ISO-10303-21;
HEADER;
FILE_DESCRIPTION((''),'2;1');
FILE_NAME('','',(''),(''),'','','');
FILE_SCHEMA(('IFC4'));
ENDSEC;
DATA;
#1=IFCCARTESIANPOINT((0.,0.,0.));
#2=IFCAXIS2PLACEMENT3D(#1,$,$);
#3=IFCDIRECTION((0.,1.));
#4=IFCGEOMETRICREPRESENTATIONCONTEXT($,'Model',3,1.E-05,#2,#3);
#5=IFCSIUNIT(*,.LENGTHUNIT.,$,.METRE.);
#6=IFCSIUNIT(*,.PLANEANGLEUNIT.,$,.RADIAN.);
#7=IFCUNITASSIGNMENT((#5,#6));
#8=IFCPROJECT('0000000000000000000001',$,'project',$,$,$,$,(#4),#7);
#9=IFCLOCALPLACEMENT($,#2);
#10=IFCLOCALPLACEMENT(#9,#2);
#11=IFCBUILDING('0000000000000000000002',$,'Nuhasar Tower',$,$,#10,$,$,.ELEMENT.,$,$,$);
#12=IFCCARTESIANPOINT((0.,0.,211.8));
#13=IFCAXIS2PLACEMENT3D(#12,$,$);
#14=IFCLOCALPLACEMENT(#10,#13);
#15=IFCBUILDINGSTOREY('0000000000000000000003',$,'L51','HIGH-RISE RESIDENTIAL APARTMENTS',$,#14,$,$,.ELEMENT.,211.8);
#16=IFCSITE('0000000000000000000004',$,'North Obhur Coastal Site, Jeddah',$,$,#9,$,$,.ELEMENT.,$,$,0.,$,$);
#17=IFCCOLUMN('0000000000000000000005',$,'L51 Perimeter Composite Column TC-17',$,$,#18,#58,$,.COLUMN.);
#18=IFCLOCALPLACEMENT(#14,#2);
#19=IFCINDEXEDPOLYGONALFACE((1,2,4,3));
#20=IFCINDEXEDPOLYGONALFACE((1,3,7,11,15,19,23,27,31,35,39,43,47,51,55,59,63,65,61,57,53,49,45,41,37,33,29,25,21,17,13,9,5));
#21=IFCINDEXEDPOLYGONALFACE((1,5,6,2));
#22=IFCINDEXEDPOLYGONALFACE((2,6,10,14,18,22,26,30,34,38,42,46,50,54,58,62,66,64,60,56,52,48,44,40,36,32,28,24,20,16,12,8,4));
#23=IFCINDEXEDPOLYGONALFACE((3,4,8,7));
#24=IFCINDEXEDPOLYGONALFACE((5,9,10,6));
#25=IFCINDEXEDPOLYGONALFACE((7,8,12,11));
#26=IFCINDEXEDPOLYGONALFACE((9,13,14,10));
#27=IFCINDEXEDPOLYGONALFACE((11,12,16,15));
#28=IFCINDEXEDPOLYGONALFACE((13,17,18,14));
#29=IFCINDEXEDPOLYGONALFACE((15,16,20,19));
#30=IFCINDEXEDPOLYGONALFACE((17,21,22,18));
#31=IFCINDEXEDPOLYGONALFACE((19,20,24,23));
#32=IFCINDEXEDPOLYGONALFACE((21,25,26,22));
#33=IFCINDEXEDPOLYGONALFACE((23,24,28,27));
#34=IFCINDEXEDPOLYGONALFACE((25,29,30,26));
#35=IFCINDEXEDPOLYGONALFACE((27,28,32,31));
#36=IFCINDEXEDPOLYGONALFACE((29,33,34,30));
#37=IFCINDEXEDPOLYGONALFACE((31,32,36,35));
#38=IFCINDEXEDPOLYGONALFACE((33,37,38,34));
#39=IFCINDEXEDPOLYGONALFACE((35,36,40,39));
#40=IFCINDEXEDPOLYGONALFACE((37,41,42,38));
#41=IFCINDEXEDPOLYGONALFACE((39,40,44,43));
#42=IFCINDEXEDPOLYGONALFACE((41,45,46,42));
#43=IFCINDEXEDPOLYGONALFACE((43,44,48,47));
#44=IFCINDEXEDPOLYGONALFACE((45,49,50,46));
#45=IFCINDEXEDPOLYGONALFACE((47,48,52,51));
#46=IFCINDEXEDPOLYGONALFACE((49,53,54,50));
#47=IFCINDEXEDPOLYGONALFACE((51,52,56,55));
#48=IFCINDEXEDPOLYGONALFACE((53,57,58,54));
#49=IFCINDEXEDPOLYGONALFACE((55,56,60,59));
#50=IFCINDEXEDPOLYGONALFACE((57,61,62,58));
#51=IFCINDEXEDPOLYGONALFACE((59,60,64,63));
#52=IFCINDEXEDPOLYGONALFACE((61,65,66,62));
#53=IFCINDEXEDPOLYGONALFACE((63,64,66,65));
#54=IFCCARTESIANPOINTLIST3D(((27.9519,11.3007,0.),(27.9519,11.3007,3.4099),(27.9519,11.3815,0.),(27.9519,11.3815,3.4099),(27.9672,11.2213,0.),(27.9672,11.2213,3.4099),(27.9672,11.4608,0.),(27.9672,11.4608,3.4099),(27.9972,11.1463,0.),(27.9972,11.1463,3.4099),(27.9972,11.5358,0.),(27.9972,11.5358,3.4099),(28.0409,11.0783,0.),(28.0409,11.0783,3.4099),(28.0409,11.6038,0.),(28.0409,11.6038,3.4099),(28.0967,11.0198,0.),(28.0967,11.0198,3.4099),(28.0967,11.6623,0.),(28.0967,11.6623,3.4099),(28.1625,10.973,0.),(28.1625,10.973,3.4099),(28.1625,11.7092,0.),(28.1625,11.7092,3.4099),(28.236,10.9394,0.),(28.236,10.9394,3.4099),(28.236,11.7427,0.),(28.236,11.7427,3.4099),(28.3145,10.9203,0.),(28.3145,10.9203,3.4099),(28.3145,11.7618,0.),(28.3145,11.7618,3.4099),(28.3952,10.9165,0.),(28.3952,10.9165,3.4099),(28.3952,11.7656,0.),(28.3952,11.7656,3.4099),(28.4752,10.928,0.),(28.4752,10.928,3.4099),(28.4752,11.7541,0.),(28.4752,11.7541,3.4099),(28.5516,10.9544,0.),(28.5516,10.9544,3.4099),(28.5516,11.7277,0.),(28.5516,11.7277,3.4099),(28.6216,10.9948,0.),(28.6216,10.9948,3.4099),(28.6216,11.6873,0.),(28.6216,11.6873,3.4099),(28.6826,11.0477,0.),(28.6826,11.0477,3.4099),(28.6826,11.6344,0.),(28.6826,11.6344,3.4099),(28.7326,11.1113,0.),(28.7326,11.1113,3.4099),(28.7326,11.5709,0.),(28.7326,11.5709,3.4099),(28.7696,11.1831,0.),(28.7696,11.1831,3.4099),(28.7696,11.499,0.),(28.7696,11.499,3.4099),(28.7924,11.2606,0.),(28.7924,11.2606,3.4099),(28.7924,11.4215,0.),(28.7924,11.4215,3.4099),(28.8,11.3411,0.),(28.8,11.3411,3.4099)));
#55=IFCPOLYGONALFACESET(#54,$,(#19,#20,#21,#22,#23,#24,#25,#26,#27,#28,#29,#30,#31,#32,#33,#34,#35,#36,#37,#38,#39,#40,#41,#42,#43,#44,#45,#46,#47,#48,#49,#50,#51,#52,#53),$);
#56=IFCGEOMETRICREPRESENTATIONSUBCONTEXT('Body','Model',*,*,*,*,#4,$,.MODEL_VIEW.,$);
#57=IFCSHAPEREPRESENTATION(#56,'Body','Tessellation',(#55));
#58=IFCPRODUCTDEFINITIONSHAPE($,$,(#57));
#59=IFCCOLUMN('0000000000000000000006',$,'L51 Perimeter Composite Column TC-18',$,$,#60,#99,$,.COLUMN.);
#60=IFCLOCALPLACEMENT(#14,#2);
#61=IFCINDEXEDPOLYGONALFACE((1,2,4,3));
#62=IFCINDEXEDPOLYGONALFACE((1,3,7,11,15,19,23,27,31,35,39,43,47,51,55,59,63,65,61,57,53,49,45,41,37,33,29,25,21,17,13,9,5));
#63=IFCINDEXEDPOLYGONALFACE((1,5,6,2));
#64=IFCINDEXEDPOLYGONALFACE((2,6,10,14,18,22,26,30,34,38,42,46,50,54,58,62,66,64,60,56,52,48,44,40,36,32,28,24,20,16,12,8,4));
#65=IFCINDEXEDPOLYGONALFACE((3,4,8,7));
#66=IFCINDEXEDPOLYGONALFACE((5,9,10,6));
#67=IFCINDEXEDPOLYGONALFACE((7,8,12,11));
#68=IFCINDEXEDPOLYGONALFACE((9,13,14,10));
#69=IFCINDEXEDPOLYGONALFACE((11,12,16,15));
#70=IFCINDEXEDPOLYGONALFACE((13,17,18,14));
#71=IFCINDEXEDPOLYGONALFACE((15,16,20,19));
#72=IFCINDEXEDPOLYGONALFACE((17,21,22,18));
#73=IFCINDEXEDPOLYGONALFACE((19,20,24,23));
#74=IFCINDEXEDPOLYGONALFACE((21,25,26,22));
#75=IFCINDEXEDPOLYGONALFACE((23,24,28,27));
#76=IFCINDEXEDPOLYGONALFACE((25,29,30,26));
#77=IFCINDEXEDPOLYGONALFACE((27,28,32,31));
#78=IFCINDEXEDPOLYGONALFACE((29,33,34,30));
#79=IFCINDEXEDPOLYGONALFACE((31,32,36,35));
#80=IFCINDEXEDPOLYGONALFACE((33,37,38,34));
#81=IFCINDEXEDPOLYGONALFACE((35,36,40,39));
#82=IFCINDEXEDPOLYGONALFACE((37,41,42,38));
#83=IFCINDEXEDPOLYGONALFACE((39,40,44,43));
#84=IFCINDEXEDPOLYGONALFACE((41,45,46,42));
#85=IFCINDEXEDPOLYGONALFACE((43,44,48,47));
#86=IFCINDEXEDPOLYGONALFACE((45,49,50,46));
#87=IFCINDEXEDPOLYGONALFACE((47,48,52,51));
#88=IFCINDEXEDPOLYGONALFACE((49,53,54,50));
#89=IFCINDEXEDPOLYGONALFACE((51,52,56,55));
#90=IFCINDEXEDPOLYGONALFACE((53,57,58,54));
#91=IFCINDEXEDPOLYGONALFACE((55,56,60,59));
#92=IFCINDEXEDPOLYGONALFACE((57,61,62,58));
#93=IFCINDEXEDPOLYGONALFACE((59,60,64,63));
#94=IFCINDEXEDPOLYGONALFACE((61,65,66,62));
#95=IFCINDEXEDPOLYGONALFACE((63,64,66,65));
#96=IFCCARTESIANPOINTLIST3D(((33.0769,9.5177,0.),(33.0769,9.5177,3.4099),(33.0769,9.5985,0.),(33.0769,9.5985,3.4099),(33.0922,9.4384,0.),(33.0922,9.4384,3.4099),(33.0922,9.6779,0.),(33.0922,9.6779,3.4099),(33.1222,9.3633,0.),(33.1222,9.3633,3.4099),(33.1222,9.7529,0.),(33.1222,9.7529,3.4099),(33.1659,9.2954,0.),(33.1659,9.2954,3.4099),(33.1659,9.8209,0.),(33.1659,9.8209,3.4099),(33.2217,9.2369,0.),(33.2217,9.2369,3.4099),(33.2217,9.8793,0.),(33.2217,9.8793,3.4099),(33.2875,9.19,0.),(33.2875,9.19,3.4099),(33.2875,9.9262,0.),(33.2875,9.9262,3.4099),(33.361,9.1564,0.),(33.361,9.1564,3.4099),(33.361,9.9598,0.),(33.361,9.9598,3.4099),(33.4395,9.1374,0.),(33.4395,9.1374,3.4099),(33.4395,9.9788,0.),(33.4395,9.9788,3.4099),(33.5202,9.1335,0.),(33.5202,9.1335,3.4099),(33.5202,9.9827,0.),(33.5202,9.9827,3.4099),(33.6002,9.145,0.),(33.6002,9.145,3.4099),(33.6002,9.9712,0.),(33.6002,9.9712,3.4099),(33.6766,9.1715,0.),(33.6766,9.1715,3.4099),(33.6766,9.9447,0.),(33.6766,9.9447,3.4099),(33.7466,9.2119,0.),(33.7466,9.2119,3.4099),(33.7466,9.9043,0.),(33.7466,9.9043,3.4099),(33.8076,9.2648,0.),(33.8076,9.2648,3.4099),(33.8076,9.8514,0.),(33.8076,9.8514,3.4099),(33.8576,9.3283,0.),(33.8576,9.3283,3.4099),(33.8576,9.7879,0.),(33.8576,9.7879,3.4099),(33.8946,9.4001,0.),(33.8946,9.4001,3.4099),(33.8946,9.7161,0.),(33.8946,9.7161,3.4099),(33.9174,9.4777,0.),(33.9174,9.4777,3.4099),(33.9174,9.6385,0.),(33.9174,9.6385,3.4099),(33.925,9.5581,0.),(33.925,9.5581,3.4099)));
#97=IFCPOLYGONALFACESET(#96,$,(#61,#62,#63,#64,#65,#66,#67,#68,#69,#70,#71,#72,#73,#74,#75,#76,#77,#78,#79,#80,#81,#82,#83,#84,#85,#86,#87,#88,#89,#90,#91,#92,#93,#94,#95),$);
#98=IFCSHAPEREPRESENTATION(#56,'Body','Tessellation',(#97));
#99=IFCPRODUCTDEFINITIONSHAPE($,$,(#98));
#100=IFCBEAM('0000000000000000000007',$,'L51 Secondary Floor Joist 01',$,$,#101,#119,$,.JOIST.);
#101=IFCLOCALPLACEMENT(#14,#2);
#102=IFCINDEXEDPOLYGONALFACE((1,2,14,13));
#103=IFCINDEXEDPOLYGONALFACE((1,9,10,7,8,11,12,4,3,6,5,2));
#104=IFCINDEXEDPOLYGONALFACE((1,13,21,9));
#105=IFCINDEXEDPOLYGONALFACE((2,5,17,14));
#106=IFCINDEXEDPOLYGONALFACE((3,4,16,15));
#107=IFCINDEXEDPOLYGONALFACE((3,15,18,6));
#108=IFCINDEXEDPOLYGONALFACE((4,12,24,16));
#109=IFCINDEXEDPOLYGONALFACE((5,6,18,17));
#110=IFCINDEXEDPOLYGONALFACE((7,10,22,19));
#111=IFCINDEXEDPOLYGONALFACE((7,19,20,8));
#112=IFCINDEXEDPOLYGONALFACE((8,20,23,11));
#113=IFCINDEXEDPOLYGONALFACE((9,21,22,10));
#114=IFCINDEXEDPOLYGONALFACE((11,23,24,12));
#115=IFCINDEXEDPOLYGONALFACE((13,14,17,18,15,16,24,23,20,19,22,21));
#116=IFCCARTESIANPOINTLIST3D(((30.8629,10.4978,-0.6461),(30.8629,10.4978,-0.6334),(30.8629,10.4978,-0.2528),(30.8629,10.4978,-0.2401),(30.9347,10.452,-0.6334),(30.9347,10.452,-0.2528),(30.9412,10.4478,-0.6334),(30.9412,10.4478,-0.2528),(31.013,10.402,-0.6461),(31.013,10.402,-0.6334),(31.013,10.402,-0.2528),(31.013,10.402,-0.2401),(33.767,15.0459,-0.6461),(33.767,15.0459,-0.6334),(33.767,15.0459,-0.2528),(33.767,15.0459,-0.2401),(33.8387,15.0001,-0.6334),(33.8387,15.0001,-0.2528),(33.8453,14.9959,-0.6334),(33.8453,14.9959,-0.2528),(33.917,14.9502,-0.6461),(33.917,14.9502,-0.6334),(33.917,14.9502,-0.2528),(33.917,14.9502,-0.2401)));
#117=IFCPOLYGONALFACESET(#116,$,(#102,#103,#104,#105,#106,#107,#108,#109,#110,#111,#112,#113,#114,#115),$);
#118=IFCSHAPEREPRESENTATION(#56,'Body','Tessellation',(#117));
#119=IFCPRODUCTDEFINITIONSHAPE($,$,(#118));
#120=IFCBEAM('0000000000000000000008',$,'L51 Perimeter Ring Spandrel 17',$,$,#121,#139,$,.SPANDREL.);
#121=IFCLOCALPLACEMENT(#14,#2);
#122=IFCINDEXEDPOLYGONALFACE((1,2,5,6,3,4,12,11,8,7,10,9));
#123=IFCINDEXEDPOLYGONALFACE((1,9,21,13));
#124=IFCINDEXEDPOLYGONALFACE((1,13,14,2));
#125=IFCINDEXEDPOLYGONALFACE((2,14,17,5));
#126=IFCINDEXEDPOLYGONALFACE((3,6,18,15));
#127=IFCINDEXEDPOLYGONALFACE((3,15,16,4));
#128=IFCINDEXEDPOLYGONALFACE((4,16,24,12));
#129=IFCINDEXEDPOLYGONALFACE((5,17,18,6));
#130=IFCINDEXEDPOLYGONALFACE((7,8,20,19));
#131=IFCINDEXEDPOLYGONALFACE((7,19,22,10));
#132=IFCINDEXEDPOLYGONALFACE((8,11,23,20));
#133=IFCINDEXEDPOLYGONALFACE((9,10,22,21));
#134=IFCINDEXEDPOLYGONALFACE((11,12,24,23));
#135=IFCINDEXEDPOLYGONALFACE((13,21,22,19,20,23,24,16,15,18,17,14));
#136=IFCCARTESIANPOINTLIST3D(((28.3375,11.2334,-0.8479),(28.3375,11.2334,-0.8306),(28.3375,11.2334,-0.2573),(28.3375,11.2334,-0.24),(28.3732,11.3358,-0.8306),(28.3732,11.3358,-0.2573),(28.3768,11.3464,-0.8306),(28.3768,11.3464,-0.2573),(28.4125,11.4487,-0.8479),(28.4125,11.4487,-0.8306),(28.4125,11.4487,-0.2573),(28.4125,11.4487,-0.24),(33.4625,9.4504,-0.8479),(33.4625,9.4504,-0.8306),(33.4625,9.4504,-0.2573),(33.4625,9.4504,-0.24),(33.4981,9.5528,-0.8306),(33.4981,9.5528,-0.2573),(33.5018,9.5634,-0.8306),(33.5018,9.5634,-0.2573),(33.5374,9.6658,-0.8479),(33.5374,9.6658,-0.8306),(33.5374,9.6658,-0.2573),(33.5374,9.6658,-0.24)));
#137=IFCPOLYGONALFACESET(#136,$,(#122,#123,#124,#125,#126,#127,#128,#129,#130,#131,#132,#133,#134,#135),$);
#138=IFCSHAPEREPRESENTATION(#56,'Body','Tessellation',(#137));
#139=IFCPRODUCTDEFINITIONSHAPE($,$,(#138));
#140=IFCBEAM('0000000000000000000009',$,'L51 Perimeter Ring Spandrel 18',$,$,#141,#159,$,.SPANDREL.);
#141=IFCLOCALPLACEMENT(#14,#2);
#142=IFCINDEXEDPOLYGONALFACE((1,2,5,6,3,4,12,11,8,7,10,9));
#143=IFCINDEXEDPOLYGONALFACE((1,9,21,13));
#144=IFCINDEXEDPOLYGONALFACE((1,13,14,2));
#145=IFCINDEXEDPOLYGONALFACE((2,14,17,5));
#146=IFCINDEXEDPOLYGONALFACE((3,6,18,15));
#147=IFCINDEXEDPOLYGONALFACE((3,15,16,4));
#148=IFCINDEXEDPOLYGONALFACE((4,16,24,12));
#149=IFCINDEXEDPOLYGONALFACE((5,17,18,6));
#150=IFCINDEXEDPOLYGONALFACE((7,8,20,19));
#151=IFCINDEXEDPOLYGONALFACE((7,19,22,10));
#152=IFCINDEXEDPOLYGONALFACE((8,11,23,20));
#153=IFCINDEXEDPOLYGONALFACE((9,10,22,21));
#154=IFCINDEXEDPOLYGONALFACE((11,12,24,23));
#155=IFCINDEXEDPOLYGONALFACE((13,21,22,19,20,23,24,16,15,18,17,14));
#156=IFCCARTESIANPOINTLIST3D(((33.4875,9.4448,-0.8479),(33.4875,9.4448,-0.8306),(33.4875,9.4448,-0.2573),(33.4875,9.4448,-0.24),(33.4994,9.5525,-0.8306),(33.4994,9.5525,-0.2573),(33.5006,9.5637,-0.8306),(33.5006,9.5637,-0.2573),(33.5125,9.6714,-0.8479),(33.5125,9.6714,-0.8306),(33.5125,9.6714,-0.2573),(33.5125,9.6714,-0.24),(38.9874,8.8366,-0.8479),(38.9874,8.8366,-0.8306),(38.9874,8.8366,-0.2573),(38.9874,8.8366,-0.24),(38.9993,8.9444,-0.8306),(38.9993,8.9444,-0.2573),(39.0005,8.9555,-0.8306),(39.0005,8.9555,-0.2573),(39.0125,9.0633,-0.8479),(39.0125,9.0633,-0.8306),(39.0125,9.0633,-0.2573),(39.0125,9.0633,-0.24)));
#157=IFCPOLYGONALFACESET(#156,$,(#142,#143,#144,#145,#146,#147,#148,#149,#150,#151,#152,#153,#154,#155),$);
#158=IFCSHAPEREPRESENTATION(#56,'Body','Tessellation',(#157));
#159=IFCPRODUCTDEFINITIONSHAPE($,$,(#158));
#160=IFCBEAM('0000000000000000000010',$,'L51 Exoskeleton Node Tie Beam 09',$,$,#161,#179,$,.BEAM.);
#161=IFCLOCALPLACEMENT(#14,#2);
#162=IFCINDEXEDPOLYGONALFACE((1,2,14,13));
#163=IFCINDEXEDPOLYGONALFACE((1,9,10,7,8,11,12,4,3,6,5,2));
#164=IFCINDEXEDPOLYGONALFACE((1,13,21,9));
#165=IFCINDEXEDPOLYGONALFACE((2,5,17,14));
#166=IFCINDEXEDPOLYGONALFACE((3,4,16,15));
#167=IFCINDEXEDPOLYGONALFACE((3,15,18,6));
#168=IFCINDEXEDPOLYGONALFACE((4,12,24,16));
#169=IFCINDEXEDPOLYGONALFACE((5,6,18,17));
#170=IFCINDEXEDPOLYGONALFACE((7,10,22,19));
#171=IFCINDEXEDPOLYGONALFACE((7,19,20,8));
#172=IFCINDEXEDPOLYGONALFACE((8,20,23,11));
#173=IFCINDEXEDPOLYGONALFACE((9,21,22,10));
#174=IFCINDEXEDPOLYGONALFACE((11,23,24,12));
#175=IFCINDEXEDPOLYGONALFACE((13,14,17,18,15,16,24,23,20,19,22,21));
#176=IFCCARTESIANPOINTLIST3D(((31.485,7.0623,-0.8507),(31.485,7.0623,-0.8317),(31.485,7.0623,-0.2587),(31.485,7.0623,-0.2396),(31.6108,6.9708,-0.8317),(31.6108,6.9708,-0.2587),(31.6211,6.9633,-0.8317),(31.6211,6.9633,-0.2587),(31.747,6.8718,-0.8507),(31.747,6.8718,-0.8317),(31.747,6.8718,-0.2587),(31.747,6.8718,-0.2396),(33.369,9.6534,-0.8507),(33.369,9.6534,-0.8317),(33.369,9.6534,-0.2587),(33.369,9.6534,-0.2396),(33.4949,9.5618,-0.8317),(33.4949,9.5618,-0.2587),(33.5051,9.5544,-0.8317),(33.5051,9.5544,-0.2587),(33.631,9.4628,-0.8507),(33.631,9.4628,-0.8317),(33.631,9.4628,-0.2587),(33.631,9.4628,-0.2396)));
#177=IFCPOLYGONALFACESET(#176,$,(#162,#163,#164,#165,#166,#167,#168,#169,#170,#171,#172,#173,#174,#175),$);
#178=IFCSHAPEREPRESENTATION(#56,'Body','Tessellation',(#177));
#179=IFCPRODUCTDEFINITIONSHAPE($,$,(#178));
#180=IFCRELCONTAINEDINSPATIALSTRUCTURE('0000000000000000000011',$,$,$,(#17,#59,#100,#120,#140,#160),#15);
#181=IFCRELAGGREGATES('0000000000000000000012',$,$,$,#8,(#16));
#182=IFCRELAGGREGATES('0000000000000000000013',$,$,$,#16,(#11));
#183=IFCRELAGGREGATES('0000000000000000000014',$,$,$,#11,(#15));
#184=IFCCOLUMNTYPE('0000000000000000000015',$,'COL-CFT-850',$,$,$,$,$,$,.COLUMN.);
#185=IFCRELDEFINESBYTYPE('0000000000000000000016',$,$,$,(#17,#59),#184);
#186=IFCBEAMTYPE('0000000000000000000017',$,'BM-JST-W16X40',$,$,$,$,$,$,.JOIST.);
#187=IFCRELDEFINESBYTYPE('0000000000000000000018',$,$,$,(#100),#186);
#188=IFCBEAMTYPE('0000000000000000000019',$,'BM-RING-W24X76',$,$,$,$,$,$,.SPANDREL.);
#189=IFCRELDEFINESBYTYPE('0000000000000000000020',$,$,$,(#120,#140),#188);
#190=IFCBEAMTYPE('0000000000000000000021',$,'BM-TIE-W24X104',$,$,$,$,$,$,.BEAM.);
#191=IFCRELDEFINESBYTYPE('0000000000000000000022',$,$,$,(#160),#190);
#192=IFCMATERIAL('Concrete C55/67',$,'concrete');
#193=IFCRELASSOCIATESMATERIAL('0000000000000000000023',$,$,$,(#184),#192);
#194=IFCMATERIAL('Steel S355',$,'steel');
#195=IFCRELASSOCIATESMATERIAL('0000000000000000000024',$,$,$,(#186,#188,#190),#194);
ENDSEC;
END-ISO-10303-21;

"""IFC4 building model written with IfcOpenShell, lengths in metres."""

from ifc_helpers import new_model, si_unit, direction, frame, origin, origin_2d, place, context, subcontext, project, spatial, circle, i_section, extrude, material, material_profile, profile_set, type_object, element, save


model = new_model("IFC4")

# Units and contexts
model_context = context("Model", 3, precision=1e-05, world=origin(), true_north=direction((0.0, 1.0)))
body_context = subcontext(model_context, "Body", "Model", "MODEL_VIEW")
ifc_project = project(units=[si_unit("LENGTHUNIT", "METRE"), si_unit("PLANEANGLEUNIT", "RADIAN")], contexts=[model_context])

# Site, building, storey
site_placement = place(None, origin())
site = spatial("IfcSite", under=ifc_project, at=site_placement, Name="North Obhur Coastal Site, Jeddah", CompositionType="ELEMENT", RefElevation=0.0)
building_placement = place(site_placement, origin())
building = spatial("IfcBuilding", under=site, at=building_placement, Name="Nuhasar Tower", CompositionType="ELEMENT")
storey_placement = place(building_placement, frame((0.0, 0.0, 211.8)))
storey = spatial("IfcBuildingStorey", under=building, at=storey_placement, Name="L51", Description="HIGH-RISE RESIDENTIAL APARTMENTS", CompositionType="ELEMENT", Elevation=211.8)

# Columns
ifc_material_1 = material(Name="Concrete C55/67", Category="concrete")
ifc_material_profile_1 = material_profile(ifc_material_1, circle(Radius=0.425, at=origin_2d()), Name="CFT850")
ifc_profile_set_1 = profile_set([ifc_material_profile_1], Name="Concrete C55/67")
column_type = type_object("IfcColumnType", Name="COL-CFT-850", PredefinedType="COLUMN", material=ifc_profile_set_1)
for number, where, z_axis, x_axis, name in (
    (1, (28.375, 11.3411, 0.0), (0.0, 0.0, 1.0), (1.0, 0.0, 0.0), "L51 Perimeter Composite Column TC-17"),
    (2, (33.5, 9.5581, 0.0), (0.0, 0.0, 1.0), (1.0, 0.0, 0.0), "L51 Perimeter Composite Column TC-18"),
):
    element("IfcColumn", number, at=place(storey_placement, frame(where, z_axis=z_axis, x_axis=x_axis)), inside=storey, type_object=column_type, Name=name, PredefinedType="COLUMN", context=body_context, shape_type="SweptSolid", body=[
        extrude(circle(Radius=0.425, at=origin_2d()), origin(), (0.0, 0.0, 1.0), 3.4099),
    ])

# Beams
ifc_material_2 = material(Name="Steel S355", Category="steel")
ifc_material_profile_2 = material_profile(ifc_material_2, i_section(OverallWidth=0.178, OverallDepth=0.406, WebThickness=0.0078, FlangeThickness=0.0127, at=origin_2d()), Name="W16X40")
ifc_profile_set_2 = profile_set([ifc_material_profile_2], Name="Steel S355")
beam_type_1 = type_object("IfcBeamType", Name="BM-JST-W16X40", PredefinedType="JOIST", material=ifc_profile_set_2)
beam_1_placement = place(storey_placement, frame((33.842, 14.998, -0.4431), z_axis=(-0.538169, -0.842837, 0.0), x_axis=(0.842837, -0.538169, 0.0)))
element("IfcBeam", 3, at=beam_1_placement, inside=storey, type_object=beam_type_1, Name="L51 Secondary Floor Joist 01", PredefinedType="JOIST", context=body_context, shape_type="SweptSolid", body=[
    extrude(i_section(OverallWidth=0.178, OverallDepth=0.406, WebThickness=0.0078, FlangeThickness=0.0127, at=origin_2d()), origin(), (0.0, 0.0, 1.0), 5.3962),
])
ifc_material_profile_3 = material_profile(ifc_material_2, i_section(OverallWidth=0.228, OverallDepth=0.6079, WebThickness=0.0112, FlangeThickness=0.0173, at=origin_2d()), Name="W24X76")
ifc_profile_set_3 = profile_set([ifc_material_profile_3], Name="Steel S355")
beam_type_2 = type_object("IfcBeamType", Name="BM-RING-W24X76", PredefinedType="SPANDREL", material=ifc_profile_set_3)
beam_2_placement = place(storey_placement, frame((28.375, 11.3411, -0.5439), z_axis=(0.944477, -0.328578, 0.0), x_axis=(0.328578, 0.944477, 0.0)))
element("IfcBeam", 4, at=beam_2_placement, inside=storey, type_object=beam_type_2, Name="L51 Perimeter Ring Spandrel 17", PredefinedType="SPANDREL", context=body_context, shape_type="SweptSolid", body=[
    extrude(i_section(OverallWidth=0.228, OverallDepth=0.6079, WebThickness=0.0112, FlangeThickness=0.0173, at=origin_2d()), origin(), (0.0, 0.0, 1.0), 5.4263),
])
beam_3_placement = place(storey_placement, frame((33.5, 9.5581, -0.5439), z_axis=(0.993942, -0.109904, 0.0), x_axis=(0.109904, 0.993942, 0.0)))
element("IfcBeam", 5, at=beam_3_placement, inside=storey, type_object=beam_type_2, Name="L51 Perimeter Ring Spandrel 18", PredefinedType="SPANDREL", context=body_context, shape_type="SweptSolid", body=[
    extrude(i_section(OverallWidth=0.228, OverallDepth=0.6079, WebThickness=0.0112, FlangeThickness=0.0173, at=origin_2d()), origin(), (0.0, 0.0, 1.0), 5.5334),
])
ifc_material_profile_4 = material_profile(ifc_material_2, i_section(OverallWidth=0.324, OverallDepth=0.6111, WebThickness=0.0127, FlangeThickness=0.019, at=origin_2d()), Name="W24X104")
ifc_profile_set_4 = profile_set([ifc_material_profile_4], Name="Steel S355")
beam_type_3 = type_object("IfcBeamType", Name="BM-TIE-W24X104", PredefinedType="BEAM", material=ifc_profile_set_4)
beam_4_placement = place(storey_placement, frame((33.5, 9.5581, -0.5452), z_axis=(-0.588095, -0.808792, 0.0), x_axis=(0.808792, -0.588095, 0.0)))
element("IfcBeam", 6, at=beam_4_placement, inside=storey, type_object=beam_type_3, Name="L51 Exoskeleton Node Tie Beam 09", PredefinedType="BEAM", context=body_context, shape_type="SweptSolid", body=[
    extrude(i_section(OverallWidth=0.324, OverallDepth=0.6111, WebThickness=0.0127, FlangeThickness=0.019, at=origin_2d()), origin(), (0.0, 0.0, 1.0), 3.2036),
])

save(model, "model.ifc")
